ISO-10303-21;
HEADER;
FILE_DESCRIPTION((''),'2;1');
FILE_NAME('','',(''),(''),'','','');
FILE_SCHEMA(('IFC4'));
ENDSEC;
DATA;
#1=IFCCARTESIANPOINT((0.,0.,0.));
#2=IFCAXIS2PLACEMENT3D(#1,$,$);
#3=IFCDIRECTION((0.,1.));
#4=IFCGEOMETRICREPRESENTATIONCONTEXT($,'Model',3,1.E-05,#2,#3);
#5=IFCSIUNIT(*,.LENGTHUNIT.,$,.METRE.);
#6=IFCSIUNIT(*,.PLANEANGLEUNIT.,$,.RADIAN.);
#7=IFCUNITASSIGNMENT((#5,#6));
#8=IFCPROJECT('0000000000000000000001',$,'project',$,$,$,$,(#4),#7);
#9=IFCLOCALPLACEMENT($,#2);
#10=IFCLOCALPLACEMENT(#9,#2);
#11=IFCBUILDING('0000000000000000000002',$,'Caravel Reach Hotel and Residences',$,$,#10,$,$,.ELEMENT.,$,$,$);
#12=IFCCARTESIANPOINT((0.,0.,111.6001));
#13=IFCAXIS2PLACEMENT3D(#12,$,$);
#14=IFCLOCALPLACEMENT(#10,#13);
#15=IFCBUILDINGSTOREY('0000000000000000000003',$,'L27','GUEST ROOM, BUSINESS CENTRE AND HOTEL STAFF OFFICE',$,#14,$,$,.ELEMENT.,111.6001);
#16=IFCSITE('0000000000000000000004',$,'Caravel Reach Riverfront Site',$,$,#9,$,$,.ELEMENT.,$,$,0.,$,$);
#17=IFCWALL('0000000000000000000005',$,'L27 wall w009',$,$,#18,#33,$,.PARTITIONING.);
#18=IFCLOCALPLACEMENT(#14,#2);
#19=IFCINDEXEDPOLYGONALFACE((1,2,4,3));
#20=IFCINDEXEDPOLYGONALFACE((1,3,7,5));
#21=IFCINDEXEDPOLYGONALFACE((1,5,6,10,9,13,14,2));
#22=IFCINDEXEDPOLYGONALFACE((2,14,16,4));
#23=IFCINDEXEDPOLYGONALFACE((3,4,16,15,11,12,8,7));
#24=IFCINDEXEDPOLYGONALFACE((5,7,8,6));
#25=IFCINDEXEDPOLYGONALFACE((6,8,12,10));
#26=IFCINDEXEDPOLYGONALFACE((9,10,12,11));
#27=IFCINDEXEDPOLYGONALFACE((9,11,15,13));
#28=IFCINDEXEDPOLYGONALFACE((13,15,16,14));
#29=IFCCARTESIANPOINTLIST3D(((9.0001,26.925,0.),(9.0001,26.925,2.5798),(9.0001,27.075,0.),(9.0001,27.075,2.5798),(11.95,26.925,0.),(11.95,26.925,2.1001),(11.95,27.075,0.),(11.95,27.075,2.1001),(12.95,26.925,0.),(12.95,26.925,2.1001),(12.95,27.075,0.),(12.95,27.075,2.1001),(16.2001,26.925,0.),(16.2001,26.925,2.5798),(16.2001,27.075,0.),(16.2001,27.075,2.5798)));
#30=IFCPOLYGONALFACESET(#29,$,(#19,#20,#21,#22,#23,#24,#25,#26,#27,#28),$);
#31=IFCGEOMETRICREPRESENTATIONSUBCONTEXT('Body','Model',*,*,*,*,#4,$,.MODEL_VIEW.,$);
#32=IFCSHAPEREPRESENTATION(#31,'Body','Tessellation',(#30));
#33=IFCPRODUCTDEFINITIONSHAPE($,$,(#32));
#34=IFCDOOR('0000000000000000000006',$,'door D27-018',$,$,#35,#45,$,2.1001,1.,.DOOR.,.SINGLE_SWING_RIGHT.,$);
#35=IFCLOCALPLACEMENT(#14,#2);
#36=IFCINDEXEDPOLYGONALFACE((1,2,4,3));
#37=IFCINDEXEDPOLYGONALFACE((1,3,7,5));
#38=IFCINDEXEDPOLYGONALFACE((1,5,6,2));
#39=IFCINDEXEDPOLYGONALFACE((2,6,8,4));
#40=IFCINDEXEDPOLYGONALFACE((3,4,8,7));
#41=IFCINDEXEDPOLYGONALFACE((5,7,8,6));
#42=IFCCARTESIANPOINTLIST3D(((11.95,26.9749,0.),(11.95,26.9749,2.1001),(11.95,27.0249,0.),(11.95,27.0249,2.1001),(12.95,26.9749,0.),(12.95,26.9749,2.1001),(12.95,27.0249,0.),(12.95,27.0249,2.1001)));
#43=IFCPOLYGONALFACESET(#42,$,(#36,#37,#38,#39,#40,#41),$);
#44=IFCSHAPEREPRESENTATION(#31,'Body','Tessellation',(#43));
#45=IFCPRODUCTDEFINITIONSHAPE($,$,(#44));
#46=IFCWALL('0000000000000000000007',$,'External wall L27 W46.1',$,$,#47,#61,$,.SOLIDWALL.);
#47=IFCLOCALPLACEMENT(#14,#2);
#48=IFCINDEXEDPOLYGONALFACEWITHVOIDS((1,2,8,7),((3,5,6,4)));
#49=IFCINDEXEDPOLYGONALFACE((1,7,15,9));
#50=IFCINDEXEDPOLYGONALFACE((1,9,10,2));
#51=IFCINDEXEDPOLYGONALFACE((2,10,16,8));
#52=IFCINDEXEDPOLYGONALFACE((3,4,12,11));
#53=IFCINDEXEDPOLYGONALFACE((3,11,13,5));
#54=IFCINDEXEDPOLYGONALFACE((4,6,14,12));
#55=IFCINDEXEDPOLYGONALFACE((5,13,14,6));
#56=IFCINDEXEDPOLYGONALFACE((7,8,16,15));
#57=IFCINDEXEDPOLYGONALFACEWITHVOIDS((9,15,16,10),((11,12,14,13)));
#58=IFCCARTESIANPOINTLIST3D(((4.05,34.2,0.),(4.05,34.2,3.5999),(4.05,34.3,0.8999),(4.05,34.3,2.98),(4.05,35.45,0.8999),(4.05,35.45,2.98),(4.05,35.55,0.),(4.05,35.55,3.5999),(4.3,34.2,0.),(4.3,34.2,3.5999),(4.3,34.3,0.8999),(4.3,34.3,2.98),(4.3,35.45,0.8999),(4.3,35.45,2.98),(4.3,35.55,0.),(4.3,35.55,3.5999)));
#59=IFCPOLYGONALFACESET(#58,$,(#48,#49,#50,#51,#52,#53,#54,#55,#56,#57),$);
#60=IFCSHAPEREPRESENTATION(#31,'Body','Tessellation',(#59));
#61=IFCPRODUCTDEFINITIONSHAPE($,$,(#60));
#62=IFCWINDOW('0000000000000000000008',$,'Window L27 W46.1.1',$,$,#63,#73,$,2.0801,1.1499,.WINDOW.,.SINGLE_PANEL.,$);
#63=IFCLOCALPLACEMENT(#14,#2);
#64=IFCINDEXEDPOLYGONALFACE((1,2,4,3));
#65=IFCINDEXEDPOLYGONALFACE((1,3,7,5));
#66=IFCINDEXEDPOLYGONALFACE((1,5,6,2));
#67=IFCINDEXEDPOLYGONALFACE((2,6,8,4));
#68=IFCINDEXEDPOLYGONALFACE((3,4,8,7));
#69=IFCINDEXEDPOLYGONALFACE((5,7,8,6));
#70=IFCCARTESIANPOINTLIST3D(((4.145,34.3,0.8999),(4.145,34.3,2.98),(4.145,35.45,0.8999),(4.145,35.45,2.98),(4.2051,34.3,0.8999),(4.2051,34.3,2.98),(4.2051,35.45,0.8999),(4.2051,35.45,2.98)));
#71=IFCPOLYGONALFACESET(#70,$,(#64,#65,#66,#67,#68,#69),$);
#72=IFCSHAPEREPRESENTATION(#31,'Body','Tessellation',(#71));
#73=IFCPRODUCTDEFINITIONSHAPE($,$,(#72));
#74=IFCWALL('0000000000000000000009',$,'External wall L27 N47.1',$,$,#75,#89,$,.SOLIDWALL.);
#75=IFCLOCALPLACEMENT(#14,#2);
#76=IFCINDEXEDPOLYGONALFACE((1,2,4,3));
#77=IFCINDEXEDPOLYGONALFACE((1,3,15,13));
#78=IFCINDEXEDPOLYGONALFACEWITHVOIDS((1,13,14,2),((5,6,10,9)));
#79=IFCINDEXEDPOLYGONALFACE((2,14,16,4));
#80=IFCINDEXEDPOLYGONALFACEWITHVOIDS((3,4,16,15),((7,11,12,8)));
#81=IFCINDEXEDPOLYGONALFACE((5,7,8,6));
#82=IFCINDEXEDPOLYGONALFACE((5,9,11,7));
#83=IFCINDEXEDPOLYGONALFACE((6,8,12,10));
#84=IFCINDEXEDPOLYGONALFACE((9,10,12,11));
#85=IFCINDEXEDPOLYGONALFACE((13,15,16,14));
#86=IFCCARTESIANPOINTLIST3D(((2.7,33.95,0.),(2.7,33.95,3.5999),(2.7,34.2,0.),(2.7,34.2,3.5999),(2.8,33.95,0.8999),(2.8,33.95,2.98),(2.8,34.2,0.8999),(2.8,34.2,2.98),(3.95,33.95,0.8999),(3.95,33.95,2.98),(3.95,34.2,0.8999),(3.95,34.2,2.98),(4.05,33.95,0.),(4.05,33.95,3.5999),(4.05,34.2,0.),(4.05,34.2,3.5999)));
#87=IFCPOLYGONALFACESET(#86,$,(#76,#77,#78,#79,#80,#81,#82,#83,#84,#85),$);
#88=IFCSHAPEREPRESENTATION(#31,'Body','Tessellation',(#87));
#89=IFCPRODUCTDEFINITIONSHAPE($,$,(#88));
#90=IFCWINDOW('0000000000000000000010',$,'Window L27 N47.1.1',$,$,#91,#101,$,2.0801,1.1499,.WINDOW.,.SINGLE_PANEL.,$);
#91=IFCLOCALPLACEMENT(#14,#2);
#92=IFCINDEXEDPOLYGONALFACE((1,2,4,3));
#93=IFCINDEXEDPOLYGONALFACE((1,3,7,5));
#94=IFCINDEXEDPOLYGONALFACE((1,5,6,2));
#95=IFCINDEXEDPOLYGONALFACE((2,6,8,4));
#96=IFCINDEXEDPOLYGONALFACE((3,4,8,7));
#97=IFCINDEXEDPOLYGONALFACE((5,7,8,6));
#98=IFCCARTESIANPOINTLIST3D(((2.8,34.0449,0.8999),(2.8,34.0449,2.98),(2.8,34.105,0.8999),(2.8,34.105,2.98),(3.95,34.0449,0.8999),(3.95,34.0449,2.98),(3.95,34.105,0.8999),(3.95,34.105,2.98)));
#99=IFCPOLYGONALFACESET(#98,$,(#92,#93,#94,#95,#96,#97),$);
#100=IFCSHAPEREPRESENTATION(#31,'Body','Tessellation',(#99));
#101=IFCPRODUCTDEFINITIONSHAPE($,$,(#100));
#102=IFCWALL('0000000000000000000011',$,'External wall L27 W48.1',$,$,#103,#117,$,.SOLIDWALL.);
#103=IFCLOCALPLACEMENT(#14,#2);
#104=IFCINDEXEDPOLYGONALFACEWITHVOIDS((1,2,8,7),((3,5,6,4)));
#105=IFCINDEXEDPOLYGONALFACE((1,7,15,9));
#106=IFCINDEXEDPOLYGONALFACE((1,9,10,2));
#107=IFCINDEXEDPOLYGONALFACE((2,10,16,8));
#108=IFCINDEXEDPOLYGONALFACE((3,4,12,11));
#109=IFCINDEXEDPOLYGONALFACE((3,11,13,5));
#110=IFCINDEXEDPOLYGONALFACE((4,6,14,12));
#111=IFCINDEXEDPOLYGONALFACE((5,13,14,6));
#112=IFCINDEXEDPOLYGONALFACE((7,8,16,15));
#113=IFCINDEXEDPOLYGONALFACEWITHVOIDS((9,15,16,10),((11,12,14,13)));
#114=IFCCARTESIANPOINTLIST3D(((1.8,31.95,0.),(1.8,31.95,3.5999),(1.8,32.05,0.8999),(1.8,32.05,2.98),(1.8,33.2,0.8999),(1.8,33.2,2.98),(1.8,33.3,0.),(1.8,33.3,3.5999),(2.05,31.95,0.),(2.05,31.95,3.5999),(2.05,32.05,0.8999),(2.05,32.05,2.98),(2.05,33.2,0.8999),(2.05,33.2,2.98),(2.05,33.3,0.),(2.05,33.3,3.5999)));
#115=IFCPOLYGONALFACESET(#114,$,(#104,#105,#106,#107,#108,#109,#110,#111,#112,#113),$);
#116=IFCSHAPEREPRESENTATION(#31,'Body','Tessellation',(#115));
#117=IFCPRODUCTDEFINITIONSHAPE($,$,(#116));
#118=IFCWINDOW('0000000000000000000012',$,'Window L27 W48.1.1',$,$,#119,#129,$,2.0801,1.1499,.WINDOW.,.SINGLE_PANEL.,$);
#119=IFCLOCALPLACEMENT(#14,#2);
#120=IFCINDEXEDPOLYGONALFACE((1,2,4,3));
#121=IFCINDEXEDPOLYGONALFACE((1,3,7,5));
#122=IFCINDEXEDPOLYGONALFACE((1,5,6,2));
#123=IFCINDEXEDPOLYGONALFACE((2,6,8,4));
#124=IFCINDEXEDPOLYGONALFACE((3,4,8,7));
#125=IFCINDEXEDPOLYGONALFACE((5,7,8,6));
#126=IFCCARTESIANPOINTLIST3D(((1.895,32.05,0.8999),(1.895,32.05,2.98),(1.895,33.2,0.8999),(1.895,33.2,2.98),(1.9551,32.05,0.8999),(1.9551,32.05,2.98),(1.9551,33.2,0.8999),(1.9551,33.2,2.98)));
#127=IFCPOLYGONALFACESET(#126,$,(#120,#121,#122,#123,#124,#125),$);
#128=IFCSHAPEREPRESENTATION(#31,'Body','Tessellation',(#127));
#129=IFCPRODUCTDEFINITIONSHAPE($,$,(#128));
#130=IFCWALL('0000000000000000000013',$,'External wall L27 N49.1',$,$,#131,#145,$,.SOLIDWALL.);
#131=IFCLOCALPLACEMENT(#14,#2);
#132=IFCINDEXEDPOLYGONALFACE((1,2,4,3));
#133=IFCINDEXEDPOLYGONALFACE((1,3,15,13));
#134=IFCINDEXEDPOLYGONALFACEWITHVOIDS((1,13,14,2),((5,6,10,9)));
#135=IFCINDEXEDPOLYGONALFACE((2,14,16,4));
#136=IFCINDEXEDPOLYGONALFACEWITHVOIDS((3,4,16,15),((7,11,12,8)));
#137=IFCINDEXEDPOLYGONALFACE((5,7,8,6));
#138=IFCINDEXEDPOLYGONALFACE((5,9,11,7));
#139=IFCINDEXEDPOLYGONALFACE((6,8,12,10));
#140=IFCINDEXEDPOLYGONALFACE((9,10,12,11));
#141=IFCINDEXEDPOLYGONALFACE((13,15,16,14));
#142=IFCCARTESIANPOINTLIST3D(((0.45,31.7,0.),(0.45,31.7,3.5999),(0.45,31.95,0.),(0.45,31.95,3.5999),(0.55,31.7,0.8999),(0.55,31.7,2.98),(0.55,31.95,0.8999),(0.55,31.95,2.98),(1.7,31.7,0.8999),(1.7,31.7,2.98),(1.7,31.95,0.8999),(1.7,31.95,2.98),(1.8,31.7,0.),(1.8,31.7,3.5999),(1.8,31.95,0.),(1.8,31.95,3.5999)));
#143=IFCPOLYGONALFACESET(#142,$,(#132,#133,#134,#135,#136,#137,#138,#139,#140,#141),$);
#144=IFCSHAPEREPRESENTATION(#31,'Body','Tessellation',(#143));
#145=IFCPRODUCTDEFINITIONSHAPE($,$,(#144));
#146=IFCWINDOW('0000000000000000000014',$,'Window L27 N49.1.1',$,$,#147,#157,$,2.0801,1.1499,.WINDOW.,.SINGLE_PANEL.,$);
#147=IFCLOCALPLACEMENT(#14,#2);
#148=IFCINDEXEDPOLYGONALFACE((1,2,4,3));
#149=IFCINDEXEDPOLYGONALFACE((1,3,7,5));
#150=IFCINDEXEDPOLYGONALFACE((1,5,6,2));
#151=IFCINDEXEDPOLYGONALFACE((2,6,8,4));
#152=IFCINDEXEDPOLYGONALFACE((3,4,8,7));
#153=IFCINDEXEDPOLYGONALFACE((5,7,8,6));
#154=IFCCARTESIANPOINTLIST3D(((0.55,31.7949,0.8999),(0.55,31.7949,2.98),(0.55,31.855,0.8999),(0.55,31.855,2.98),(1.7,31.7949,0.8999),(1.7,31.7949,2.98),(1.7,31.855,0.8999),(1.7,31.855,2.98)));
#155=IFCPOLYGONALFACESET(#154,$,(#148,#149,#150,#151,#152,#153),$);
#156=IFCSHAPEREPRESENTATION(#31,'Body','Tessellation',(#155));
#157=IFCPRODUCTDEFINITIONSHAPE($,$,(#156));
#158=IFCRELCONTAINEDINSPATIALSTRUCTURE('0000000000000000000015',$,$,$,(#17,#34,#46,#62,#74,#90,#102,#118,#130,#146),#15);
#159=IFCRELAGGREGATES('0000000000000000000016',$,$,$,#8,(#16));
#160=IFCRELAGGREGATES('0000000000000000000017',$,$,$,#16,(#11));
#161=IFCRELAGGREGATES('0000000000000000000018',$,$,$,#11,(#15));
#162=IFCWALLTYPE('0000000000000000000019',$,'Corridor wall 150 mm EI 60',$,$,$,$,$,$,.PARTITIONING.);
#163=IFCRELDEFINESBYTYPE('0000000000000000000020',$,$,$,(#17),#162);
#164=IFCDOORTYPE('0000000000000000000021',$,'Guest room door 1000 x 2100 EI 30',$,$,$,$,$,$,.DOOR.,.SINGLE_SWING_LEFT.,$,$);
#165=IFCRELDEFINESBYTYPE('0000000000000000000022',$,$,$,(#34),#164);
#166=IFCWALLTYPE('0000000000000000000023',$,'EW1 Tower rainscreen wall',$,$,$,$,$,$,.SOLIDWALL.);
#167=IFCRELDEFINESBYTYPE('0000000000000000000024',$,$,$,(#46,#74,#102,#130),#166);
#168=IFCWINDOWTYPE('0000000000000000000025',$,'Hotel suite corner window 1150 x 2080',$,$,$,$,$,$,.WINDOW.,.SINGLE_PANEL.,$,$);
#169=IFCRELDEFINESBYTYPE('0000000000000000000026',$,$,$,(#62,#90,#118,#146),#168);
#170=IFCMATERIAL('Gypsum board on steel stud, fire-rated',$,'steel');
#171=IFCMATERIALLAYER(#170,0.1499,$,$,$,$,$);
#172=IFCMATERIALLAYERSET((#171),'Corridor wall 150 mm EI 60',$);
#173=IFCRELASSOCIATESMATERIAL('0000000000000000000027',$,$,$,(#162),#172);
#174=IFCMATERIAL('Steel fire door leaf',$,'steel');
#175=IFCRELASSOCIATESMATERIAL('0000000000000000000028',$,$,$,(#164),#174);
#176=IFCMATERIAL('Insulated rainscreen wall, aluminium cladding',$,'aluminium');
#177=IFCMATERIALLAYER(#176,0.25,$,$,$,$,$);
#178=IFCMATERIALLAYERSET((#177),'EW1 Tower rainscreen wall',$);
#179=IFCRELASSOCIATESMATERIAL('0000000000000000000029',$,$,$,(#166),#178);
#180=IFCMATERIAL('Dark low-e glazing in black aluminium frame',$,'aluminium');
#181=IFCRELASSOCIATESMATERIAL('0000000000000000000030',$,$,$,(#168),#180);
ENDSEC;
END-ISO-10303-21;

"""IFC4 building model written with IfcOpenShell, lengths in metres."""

from ifc_helpers import new_model, si_unit, direction, frame, frame_2d, origin, place, context, subcontext, project, spatial, rectangle, extrude, material, layer, layer_set, type_object, element, fill, save


model = new_model("IFC4")

# Units and contexts
model_context = context("Model", 3, precision=1e-05, world=origin(), true_north=direction((0.0, 1.0)))
body_context = subcontext(model_context, "Body", "Model", "MODEL_VIEW")
ifc_project = project(units=[si_unit("LENGTHUNIT", "METRE"), si_unit("PLANEANGLEUNIT", "RADIAN")], contexts=[model_context])

# Site, building, storey
site_placement = place(None, origin())
site = spatial("IfcSite", under=ifc_project, at=site_placement, Name="Caravel Reach Riverfront Site", CompositionType="ELEMENT", RefElevation=0.0)
building_placement = place(site_placement, origin())
building = spatial("IfcBuilding", under=site, at=building_placement, Name="Caravel Reach Hotel and Residences", CompositionType="ELEMENT")
storey_placement = place(building_placement, frame((0.0, 0.0, 111.6001)))
storey = spatial("IfcBuildingStorey", under=building, at=storey_placement, Name="L27", Description="GUEST ROOM, BUSINESS CENTRE AND HOTEL STAFF OFFICE", CompositionType="ELEMENT", Elevation=111.6001)

# Wall, opening, door
ifc_material_1 = material(Name="Gypsum board on steel stud, fire-rated", Category="steel")
ifc_layer_1 = layer(ifc_material_1, 0.1499)
ifc_layer_set_1 = layer_set([ifc_layer_1], Name="Corridor wall 150 mm EI 60")
wall_type_1 = type_object("IfcWallType", Name="Corridor wall 150 mm EI 60", PredefinedType="PARTITIONING", material=ifc_layer_set_1)
wall_1_placement = place(storey_placement, frame((9.0, 27.0, 0.0), z_axis=(0.0, 0.0, 1.0), x_axis=(1.0, 0.0, 0.0)))
wall_1 = element("IfcWall", 1, at=wall_1_placement, inside=storey, type_object=wall_type_1, Name="L27 wall w009", PredefinedType="PARTITIONING", context=body_context, shape_type="SweptSolid", body=[
    extrude(rectangle(XDim=7.2, YDim=0.1499, at=frame_2d((3.6001, 0.0))), origin(), (0.0, 0.0, 1.0), 2.5798),
])
opening_1_placement = place(wall_1_placement, frame((2.95, 0.0, 0.0)))
opening_1 = element("IfcOpeningElement", 2, at=opening_1_placement, cuts=wall_1, PredefinedType="OPENING", context=body_context, shape_type="SweptSolid", body=[
    extrude(rectangle(XDim=1.0, YDim=2.1001, at=frame_2d((0.5, 1.05))), frame((0.0, 0.085, 0.0), z_axis=(0.0, -1.0, 0.0), x_axis=(1.0, 0.0, 0.0)), (0.0, 0.0, 1.0), 0.1699),
])
ifc_material_2 = material(Name="Steel fire door leaf", Category="steel")
door_type_1 = type_object("IfcDoorType", Name="Guest room door 1000 x 2100 EI 30", OperationType="SINGLE_SWING_LEFT", PredefinedType="DOOR", material=ifc_material_2)
door_1_placement = place(opening_1_placement, origin())
door_1 = element("IfcDoor", 3, at=door_1_placement, inside=storey, type_object=door_type_1, Name="door D27-018", OperationType="SINGLE_SWING_RIGHT", OverallHeight=2.1001, OverallWidth=1.0, PredefinedType="DOOR", context=body_context, shape_type="SweptSolid", body=[
    extrude(rectangle(XDim=1.0, YDim=2.1001, at=frame_2d((0.5, 1.05))), frame((0.0, 0.0249, 0.0), z_axis=(0.0, -1.0, 0.0), x_axis=(1.0, 0.0, 0.0)), (0.0, 0.0, 1.0), 0.05),
])
fill(opening_1, door_1)

# Walls, openings, windows
ifc_material_3 = material(Name="Insulated rainscreen wall, aluminium cladding", Category="aluminium")
ifc_layer_2 = layer(ifc_material_3, 0.25)
ifc_layer_set_2 = layer_set([ifc_layer_2], Name="EW1 Tower rainscreen wall")
wall_type_2 = type_object("IfcWallType", Name="EW1 Tower rainscreen wall", PredefinedType="SOLIDWALL", material=ifc_layer_set_2)
wall_2_placement = place(storey_placement, frame((4.175, 35.55, 0.0), z_axis=(0.0, 0.0, 1.0), x_axis=(0.0, -1.0, 0.0)))
wall_2 = element("IfcWall", 4, at=wall_2_placement, inside=storey, type_object=wall_type_2, Name="External wall L27 W46.1", PredefinedType="SOLIDWALL", context=body_context, shape_type="SweptSolid", body=[
    extrude(rectangle(XDim=1.3501, YDim=0.25, at=frame_2d((0.675, 0.0))), origin(), (0.0, 0.0, 1.0), 3.5999),
])
opening_2_placement = place(wall_2_placement, frame((0.1001, 0.0, 0.8999)))
opening_2 = element("IfcOpeningElement", 5, at=opening_2_placement, cuts=wall_2, PredefinedType="OPENING", context=body_context, shape_type="SweptSolid", body=[
    extrude(rectangle(XDim=1.1499, YDim=2.0801, at=frame_2d((0.575, 1.04))), frame((0.0, 0.135, 0.0), z_axis=(0.0, -1.0, 0.0), x_axis=(1.0, 0.0, 0.0)), (0.0, 0.0, 1.0), 0.27),
])
ifc_material_4 = material(Name="Dark low-e glazing in black aluminium frame", Category="aluminium")
window_type_1 = type_object("IfcWindowType", Name="Hotel suite corner window 1150 x 2080", PartitioningType="SINGLE_PANEL", PredefinedType="WINDOW", material=ifc_material_4)
window_1_placement = place(opening_2_placement, origin())
window_1 = element("IfcWindow", 6, at=window_1_placement, inside=storey, type_object=window_type_1, Name="Window L27 W46.1.1", OverallHeight=2.0801, OverallWidth=1.1499, PartitioningType="SINGLE_PANEL", PredefinedType="WINDOW", context=body_context, shape_type="SweptSolid", body=[
    extrude(rectangle(XDim=1.1499, YDim=2.0801, at=frame_2d((0.575, 1.04))), frame((0.0, 0.03, 0.0), z_axis=(0.0, -1.0, 0.0), x_axis=(1.0, 0.0, 0.0)), (0.0, 0.0, 1.0), 0.0601),
])
fill(opening_2, window_1)
wall_3_placement = place(storey_placement, frame((4.05, 34.075, 0.0), z_axis=(0.0, 0.0, 1.0), x_axis=(-1.0, 0.0, 0.0)))
wall_3 = element("IfcWall", 7, at=wall_3_placement, inside=storey, type_object=wall_type_2, Name="External wall L27 N47.1", PredefinedType="SOLIDWALL", context=body_context, shape_type="SweptSolid", body=[
    extrude(rectangle(XDim=1.3501, YDim=0.25, at=frame_2d((0.675, 0.0))), origin(), (0.0, 0.0, 1.0), 3.5999),
])
opening_3_placement = place(wall_3_placement, frame((0.1001, 0.0, 0.8999)))
opening_3 = element("IfcOpeningElement", 8, at=opening_3_placement, cuts=wall_3, PredefinedType="OPENING", context=body_context, shape_type="SweptSolid", body=[
    extrude(rectangle(XDim=1.1499, YDim=2.0801, at=frame_2d((0.575, 1.04))), frame((0.0, 0.135, 0.0), z_axis=(0.0, -1.0, 0.0), x_axis=(1.0, 0.0, 0.0)), (0.0, 0.0, 1.0), 0.27),
])
window_2_placement = place(opening_3_placement, origin())
window_2 = element("IfcWindow", 9, at=window_2_placement, inside=storey, type_object=window_type_1, Name="Window L27 N47.1.1", OverallHeight=2.0801, OverallWidth=1.1499, PartitioningType="SINGLE_PANEL", PredefinedType="WINDOW", context=body_context, shape_type="SweptSolid", body=[
    extrude(rectangle(XDim=1.1499, YDim=2.0801, at=frame_2d((0.575, 1.04))), frame((0.0, 0.03, 0.0), z_axis=(0.0, -1.0, 0.0), x_axis=(1.0, 0.0, 0.0)), (0.0, 0.0, 1.0), 0.0601),
])
fill(opening_3, window_2)
wall_4_placement = place(storey_placement, frame((1.925, 33.3, 0.0), z_axis=(0.0, 0.0, 1.0), x_axis=(0.0, -1.0, 0.0)))
wall_4 = element("IfcWall", 10, at=wall_4_placement, inside=storey, type_object=wall_type_2, Name="External wall L27 W48.1", PredefinedType="SOLIDWALL", context=body_context, shape_type="SweptSolid", body=[
    extrude(rectangle(XDim=1.3501, YDim=0.25, at=frame_2d((0.675, 0.0))), origin(), (0.0, 0.0, 1.0), 3.5999),
])
opening_4_placement = place(wall_4_placement, frame((0.1001, 0.0, 0.8999)))
opening_4 = element("IfcOpeningElement", 11, at=opening_4_placement, cuts=wall_4, PredefinedType="OPENING", context=body_context, shape_type="SweptSolid", body=[
    extrude(rectangle(XDim=1.1499, YDim=2.0801, at=frame_2d((0.575, 1.04))), frame((0.0, 0.135, 0.0), z_axis=(0.0, -1.0, 0.0), x_axis=(1.0, 0.0, 0.0)), (0.0, 0.0, 1.0), 0.27),
])
window_3_placement = place(opening_4_placement, origin())
window_3 = element("IfcWindow", 12, at=window_3_placement, inside=storey, type_object=window_type_1, Name="Window L27 W48.1.1", OverallHeight=2.0801, OverallWidth=1.1499, PartitioningType="SINGLE_PANEL", PredefinedType="WINDOW", context=body_context, shape_type="SweptSolid", body=[
    extrude(rectangle(XDim=1.1499, YDim=2.0801, at=frame_2d((0.575, 1.04))), frame((0.0, 0.03, 0.0), z_axis=(0.0, -1.0, 0.0), x_axis=(1.0, 0.0, 0.0)), (0.0, 0.0, 1.0), 0.0601),
])
fill(opening_4, window_3)
wall_5_placement = place(storey_placement, frame((1.8, 31.825, 0.0), z_axis=(0.0, 0.0, 1.0), x_axis=(-1.0, 0.0, 0.0)))
wall_5 = element("IfcWall", 13, at=wall_5_placement, inside=storey, type_object=wall_type_2, Name="External wall L27 N49.1", PredefinedType="SOLIDWALL", context=body_context, shape_type="SweptSolid", body=[
    extrude(rectangle(XDim=1.3501, YDim=0.25, at=frame_2d((0.675, 0.0))), origin(), (0.0, 0.0, 1.0), 3.5999),
])
opening_5_placement = place(wall_5_placement, frame((0.1001, 0.0, 0.8999)))
opening_5 = element("IfcOpeningElement", 14, at=opening_5_placement, cuts=wall_5, PredefinedType="OPENING", context=body_context, shape_type="SweptSolid", body=[
    extrude(rectangle(XDim=1.1499, YDim=2.0801, at=frame_2d((0.575, 1.04))), frame((0.0, 0.135, 0.0), z_axis=(0.0, -1.0, 0.0), x_axis=(1.0, 0.0, 0.0)), (0.0, 0.0, 1.0), 0.27),
])
window_4_placement = place(opening_5_placement, origin())
window_4 = element("IfcWindow", 15, at=window_4_placement, inside=storey, type_object=window_type_1, Name="Window L27 N49.1.1", OverallHeight=2.0801, OverallWidth=1.1499, PartitioningType="SINGLE_PANEL", PredefinedType="WINDOW", context=body_context, shape_type="SweptSolid", body=[
    extrude(rectangle(XDim=1.1499, YDim=2.0801, at=frame_2d((0.575, 1.04))), frame((0.0, 0.03, 0.0), z_axis=(0.0, -1.0, 0.0), x_axis=(1.0, 0.0, 0.0)), (0.0, 0.0, 1.0), 0.0601),
])
fill(opening_5, window_4)

save(model, "model.ifc")
